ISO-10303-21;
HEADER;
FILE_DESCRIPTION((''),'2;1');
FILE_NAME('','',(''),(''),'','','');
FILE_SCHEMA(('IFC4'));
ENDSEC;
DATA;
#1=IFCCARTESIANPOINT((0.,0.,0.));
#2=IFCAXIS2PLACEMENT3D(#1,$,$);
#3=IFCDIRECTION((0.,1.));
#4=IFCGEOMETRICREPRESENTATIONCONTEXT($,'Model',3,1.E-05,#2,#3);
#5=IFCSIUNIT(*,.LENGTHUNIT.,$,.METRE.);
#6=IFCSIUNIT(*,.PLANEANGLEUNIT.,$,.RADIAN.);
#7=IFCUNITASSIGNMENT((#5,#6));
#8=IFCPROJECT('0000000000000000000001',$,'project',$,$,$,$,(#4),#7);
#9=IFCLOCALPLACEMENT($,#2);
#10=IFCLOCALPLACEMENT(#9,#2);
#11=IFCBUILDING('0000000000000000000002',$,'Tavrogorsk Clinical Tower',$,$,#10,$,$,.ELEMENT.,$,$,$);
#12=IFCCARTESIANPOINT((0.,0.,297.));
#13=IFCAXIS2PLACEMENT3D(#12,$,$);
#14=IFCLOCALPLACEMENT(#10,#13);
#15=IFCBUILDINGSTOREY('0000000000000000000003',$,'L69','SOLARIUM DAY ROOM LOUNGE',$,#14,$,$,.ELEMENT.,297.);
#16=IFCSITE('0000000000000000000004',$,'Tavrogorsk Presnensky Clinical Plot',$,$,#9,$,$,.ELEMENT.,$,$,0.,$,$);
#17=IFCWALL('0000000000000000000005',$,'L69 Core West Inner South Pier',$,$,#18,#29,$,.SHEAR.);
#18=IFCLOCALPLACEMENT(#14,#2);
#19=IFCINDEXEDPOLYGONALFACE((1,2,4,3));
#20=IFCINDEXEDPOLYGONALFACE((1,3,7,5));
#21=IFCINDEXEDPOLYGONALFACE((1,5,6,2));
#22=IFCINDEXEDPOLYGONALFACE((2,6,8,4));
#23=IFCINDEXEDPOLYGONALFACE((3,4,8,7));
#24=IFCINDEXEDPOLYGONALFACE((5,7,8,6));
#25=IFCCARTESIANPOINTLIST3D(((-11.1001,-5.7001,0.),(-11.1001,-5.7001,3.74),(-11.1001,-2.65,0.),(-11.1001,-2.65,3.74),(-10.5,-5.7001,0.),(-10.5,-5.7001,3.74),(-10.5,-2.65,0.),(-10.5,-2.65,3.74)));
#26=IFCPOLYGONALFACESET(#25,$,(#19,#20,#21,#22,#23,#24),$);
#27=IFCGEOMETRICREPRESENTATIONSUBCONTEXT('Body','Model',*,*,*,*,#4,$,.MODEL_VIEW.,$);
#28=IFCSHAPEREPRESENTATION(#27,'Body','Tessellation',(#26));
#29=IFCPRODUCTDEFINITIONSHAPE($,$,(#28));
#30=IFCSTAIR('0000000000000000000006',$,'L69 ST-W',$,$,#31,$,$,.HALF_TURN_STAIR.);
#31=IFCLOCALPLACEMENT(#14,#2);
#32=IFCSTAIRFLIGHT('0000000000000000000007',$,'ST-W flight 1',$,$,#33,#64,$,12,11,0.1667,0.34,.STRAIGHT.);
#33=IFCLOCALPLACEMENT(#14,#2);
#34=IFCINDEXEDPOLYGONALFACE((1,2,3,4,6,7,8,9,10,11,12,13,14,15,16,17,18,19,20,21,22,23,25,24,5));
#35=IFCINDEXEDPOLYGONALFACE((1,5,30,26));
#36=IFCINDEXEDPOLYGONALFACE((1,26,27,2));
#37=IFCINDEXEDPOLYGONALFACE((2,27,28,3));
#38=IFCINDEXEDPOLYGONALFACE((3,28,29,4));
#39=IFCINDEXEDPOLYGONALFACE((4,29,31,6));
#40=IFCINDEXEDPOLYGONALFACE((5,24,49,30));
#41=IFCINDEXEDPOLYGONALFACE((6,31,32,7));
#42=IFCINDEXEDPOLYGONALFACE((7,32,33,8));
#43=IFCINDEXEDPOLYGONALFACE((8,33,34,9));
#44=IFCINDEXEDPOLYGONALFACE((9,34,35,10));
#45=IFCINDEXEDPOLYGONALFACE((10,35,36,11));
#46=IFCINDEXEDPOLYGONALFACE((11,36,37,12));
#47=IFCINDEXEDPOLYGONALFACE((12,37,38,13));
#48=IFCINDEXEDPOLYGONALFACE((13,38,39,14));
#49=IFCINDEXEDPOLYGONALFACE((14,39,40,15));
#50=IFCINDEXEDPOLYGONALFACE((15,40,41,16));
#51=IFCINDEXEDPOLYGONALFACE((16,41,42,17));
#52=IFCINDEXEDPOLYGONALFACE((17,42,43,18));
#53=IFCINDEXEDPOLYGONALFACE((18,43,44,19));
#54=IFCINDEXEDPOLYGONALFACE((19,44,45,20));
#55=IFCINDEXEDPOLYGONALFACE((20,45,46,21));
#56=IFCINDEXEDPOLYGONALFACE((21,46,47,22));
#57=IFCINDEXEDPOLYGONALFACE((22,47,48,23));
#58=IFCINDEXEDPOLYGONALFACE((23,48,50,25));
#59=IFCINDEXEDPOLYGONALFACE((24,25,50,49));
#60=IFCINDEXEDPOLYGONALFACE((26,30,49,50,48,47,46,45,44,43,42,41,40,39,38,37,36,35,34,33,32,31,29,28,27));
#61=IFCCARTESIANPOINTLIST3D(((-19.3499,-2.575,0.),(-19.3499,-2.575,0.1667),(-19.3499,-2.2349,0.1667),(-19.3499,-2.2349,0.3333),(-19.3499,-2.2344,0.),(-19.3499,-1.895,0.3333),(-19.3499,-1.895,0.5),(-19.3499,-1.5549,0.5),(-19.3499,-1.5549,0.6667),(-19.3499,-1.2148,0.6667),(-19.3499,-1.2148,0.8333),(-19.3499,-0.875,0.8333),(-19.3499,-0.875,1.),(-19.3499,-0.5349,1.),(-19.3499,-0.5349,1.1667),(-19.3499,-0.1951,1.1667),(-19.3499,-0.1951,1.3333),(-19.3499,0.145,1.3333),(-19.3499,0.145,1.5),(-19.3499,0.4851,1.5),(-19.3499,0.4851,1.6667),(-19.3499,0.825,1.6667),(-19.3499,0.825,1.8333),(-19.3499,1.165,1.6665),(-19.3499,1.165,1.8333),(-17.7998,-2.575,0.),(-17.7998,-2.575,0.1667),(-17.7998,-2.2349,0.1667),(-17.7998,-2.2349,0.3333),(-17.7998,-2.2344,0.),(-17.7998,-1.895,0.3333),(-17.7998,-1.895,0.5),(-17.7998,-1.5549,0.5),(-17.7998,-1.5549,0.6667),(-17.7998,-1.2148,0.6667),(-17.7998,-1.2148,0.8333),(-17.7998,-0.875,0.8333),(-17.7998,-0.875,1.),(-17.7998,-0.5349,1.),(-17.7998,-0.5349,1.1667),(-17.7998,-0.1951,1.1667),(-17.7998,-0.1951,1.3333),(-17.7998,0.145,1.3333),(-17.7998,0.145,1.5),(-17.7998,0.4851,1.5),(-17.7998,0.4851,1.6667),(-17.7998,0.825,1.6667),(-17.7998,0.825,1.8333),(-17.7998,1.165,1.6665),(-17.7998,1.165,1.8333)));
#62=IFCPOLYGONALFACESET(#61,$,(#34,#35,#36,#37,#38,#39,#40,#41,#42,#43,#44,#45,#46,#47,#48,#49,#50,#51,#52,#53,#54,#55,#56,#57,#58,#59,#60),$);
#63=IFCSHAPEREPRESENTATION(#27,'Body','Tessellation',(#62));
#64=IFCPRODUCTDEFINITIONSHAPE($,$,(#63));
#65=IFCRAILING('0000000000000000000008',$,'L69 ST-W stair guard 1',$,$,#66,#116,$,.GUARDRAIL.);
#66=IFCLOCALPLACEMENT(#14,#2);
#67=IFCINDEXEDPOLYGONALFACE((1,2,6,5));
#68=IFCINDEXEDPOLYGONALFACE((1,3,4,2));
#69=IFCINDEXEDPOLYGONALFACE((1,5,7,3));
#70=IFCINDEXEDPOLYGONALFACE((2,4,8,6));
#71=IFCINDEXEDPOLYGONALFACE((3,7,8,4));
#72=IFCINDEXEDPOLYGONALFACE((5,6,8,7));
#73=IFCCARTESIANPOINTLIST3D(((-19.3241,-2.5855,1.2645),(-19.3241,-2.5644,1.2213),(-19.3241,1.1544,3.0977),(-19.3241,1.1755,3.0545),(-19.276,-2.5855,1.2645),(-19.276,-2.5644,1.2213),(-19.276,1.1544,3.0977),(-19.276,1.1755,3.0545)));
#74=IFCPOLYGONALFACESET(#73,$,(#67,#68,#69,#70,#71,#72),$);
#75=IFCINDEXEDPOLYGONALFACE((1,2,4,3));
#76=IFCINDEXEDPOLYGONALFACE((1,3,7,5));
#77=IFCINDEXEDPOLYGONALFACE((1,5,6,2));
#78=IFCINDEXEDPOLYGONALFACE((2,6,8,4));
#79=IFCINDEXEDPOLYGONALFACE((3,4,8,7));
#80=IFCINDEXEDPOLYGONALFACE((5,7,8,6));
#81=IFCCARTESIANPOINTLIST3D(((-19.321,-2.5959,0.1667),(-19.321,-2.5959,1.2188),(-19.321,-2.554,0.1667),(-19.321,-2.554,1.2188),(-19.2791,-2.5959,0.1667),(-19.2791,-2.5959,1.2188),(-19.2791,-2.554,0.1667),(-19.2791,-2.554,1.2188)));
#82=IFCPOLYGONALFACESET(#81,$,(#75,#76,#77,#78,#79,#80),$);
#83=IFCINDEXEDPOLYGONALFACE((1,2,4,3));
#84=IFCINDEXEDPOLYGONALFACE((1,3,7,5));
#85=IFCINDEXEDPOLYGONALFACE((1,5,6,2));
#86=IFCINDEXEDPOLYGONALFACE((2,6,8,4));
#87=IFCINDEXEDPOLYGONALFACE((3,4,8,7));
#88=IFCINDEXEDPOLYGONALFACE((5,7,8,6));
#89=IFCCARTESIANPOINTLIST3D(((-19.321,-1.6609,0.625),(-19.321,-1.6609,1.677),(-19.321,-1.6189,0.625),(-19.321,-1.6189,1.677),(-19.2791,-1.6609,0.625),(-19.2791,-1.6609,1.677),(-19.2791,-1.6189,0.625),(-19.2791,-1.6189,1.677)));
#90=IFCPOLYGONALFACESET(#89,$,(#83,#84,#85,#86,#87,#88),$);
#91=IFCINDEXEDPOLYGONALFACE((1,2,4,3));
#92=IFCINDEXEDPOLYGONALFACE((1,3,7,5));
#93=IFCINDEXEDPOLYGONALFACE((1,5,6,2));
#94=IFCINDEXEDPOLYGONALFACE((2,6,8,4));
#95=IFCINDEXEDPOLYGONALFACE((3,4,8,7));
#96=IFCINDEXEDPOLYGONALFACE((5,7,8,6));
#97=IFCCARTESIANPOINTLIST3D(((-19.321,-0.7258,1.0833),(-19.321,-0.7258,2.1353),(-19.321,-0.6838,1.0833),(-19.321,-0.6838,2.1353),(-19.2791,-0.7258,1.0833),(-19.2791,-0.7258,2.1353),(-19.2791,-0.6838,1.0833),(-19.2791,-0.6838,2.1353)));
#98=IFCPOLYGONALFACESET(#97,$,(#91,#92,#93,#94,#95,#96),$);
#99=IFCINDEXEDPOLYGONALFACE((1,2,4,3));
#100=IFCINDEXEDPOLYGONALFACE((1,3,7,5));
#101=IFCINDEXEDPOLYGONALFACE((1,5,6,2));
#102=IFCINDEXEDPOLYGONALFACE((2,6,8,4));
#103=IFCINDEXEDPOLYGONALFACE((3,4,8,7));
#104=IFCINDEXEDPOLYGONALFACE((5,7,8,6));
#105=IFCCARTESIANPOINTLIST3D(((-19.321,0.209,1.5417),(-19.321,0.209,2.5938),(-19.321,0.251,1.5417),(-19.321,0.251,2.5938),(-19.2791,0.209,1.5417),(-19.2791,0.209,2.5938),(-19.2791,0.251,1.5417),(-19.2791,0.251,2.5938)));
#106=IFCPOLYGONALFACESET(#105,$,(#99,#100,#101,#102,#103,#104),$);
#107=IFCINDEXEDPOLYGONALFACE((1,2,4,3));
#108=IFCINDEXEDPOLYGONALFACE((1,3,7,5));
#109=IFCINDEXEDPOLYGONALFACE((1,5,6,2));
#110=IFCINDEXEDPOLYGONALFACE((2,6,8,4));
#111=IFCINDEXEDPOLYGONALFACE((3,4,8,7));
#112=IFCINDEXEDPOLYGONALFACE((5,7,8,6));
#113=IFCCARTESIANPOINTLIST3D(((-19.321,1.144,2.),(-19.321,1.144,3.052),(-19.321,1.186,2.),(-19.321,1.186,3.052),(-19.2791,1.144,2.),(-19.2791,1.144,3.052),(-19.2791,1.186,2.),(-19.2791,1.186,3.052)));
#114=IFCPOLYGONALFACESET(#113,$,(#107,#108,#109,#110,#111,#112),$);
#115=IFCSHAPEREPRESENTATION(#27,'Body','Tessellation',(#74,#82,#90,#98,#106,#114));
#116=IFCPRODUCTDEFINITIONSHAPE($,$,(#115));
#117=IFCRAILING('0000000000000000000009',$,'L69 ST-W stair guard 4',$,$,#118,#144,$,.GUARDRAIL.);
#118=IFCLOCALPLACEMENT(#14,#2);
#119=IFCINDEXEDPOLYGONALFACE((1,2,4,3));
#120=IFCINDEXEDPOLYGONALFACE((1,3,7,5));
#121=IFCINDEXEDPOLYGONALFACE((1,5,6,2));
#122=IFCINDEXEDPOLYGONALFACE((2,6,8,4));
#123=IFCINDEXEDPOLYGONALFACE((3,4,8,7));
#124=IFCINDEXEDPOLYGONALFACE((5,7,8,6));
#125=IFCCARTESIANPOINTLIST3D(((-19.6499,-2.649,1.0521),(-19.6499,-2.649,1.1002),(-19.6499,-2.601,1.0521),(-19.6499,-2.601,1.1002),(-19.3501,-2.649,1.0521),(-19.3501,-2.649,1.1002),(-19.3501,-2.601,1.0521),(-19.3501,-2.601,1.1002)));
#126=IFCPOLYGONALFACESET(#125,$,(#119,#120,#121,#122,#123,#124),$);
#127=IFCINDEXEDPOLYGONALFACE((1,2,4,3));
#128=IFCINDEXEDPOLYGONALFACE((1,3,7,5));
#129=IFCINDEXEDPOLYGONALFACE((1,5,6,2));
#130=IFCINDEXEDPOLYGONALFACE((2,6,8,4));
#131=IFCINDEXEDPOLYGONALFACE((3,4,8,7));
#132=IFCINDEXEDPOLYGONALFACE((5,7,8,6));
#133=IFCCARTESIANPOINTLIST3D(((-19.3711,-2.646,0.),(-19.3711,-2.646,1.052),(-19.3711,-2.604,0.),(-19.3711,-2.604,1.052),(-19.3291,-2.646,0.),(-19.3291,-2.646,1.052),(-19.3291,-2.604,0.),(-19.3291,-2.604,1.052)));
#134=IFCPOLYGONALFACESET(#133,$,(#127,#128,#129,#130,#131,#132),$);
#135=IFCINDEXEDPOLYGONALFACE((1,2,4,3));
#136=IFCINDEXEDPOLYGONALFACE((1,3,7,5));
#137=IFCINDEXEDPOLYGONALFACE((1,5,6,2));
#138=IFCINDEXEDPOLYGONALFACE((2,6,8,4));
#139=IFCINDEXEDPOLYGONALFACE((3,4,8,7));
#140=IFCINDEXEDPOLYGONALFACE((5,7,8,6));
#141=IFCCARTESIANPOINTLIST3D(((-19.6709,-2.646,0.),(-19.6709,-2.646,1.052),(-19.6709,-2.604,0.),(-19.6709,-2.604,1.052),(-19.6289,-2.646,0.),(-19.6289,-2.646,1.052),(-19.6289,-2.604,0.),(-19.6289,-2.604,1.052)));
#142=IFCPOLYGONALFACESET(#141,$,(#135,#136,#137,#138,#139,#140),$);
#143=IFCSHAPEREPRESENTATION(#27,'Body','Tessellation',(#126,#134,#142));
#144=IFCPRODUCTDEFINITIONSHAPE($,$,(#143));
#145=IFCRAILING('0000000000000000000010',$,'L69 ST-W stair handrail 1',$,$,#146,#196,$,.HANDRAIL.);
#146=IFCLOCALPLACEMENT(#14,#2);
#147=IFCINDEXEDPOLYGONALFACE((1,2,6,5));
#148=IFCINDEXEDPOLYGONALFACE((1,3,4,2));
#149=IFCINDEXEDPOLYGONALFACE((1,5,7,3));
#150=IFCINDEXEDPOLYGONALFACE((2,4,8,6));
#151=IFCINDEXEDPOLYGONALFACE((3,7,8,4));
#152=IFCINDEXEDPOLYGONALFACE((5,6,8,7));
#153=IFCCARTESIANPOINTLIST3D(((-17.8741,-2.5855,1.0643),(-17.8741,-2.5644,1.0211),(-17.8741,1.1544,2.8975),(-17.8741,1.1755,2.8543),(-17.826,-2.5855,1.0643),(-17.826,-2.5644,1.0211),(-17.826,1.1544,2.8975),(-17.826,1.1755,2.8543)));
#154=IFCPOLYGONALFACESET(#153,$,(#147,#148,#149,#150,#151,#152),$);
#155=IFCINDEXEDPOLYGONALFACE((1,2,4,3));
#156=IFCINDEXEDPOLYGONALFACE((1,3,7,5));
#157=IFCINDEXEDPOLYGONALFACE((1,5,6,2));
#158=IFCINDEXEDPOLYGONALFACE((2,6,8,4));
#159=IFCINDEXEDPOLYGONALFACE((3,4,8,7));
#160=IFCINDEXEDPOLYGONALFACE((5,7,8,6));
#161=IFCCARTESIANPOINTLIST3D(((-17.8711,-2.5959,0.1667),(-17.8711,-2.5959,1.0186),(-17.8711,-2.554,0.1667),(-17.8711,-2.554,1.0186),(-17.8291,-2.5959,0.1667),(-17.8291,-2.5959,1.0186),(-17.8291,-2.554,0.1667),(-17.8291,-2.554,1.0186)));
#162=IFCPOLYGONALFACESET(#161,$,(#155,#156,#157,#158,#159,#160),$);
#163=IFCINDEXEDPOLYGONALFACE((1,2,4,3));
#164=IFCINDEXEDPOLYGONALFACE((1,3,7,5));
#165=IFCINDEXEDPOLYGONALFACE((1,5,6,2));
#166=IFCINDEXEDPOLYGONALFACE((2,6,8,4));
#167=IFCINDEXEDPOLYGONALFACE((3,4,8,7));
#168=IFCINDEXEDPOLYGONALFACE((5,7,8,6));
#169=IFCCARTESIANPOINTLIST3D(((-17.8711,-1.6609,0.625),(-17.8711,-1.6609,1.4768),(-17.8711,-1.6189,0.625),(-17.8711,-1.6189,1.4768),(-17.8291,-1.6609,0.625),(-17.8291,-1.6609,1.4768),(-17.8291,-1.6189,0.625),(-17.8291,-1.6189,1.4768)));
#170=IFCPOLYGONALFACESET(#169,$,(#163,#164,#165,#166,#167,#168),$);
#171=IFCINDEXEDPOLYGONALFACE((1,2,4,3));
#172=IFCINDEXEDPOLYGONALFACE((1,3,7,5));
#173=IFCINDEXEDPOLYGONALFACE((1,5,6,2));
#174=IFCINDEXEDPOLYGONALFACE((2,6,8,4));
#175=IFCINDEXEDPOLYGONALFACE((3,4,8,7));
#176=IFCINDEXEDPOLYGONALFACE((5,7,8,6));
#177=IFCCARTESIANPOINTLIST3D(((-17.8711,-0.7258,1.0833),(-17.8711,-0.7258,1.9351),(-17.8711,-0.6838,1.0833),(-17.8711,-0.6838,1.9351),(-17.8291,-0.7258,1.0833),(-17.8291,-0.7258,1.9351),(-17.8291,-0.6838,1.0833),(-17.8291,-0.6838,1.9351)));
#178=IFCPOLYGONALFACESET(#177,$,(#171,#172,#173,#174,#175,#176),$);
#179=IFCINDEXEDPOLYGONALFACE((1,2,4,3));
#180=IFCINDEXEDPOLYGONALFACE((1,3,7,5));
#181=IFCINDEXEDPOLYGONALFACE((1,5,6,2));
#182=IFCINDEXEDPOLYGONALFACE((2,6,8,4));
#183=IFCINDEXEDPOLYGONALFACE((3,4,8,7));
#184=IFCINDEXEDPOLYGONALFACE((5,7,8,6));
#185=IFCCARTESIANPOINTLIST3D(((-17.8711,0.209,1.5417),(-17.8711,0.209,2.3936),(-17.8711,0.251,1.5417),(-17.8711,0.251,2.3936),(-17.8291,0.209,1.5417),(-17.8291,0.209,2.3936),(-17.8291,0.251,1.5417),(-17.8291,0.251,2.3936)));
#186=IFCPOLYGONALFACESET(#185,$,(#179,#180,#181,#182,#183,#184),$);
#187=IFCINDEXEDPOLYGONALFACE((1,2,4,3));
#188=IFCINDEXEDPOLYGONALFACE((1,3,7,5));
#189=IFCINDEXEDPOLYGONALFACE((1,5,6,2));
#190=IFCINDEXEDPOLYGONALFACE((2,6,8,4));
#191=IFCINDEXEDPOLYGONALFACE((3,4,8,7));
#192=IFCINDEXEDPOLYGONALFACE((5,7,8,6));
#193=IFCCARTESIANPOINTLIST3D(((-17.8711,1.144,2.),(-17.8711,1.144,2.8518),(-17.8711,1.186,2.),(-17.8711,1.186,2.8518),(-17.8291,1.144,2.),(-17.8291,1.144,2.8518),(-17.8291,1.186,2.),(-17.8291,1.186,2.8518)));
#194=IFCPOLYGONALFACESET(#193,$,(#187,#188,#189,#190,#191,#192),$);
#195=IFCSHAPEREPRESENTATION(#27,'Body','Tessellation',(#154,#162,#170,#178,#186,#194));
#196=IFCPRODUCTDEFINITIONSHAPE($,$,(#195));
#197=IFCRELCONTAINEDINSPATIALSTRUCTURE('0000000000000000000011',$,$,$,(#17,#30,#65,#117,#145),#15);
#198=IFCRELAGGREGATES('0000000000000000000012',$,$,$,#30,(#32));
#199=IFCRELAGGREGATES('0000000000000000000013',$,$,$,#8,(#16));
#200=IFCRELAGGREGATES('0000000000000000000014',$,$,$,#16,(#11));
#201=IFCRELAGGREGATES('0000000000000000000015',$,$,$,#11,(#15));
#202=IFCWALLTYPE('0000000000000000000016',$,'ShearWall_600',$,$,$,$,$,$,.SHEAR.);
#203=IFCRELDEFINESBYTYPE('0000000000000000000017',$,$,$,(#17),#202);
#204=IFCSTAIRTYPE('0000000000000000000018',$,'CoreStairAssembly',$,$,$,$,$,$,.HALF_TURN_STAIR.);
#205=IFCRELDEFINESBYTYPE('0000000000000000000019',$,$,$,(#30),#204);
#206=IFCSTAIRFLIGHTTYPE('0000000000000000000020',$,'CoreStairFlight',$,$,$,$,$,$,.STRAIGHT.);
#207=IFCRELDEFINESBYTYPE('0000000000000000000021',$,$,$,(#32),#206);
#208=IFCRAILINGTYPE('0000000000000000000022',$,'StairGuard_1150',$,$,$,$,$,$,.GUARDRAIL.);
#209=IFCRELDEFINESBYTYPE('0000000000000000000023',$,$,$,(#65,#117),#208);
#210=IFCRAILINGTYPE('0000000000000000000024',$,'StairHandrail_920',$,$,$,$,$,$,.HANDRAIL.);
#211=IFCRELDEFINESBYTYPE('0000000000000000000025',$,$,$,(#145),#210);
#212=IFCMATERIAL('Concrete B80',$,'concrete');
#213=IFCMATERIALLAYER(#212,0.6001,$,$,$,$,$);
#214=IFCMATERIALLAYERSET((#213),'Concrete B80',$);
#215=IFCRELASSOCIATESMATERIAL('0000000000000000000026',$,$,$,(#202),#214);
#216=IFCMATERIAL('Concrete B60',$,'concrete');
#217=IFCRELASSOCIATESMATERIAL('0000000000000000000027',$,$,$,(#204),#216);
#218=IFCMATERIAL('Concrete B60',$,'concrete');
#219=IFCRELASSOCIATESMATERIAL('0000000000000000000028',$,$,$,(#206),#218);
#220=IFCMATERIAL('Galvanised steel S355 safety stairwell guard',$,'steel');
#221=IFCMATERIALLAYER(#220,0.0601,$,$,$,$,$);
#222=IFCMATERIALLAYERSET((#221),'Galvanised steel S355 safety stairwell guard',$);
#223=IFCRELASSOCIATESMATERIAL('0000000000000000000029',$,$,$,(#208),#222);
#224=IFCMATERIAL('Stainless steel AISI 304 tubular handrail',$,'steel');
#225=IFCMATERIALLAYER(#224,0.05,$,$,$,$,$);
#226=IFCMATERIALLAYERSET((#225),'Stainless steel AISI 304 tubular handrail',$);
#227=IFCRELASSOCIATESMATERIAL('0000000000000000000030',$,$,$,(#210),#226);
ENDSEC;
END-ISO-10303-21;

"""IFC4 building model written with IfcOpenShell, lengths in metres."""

from ifc_helpers import new_model, si_unit, direction, frame, frame_2d, origin, origin_2d, place, context, subcontext, project, spatial, polyline, rectangle, outline, extrude, material, layer, layer_set, type_object, element, aggregate, save


model = new_model("IFC4")

# Units and contexts
model_context = context("Model", 3, precision=1e-05, world=origin(), true_north=direction((0.0, 1.0)))
body_context = subcontext(model_context, "Body", "Model", "MODEL_VIEW")
ifc_project = project(units=[si_unit("LENGTHUNIT", "METRE"), si_unit("PLANEANGLEUNIT", "RADIAN")], contexts=[model_context])

# Site, building, storey
site_placement = place(None, origin())
site = spatial("IfcSite", under=ifc_project, at=site_placement, Name="Tavrogorsk Presnensky Clinical Plot", CompositionType="ELEMENT", RefElevation=0.0)
building_placement = place(site_placement, origin())
building = spatial("IfcBuilding", under=site, at=building_placement, Name="Tavrogorsk Clinical Tower", CompositionType="ELEMENT")
storey_placement = place(building_placement, frame((0.0, 0.0, 297.0)))
storey = spatial("IfcBuildingStorey", under=building, at=storey_placement, Name="L69", Description="SOLARIUM DAY ROOM LOUNGE", CompositionType="ELEMENT", Elevation=297.0)

# Wall
ifc_material_1 = material(Name="Concrete B80", Category="concrete")
ifc_layer_1 = layer(ifc_material_1, 0.6001)
ifc_layer_set_1 = layer_set([ifc_layer_1], Name="Concrete B80")
wall_type_1 = type_object("IfcWallType", Name="ShearWall_600", PredefinedType="SHEAR", material=ifc_layer_set_1)
wall_1_placement = place(storey_placement, frame((-10.8, -5.7, 0.0), z_axis=(0.0, 0.0, 1.0), x_axis=(0.0, 1.0, 0.0)))
element("IfcWall", 1, at=wall_1_placement, inside=storey, type_object=wall_type_1, Name="L69 Core West Inner South Pier", PredefinedType="SHEAR", context=body_context, shape_type="SweptSolid", body=[
    extrude(rectangle(XDim=3.05, YDim=0.6001, at=frame_2d((1.5249, 0.0))), origin(), (0.0, 0.0, 1.0), 3.74),
])

# Stair, stair flight
ifc_material_2 = material(Name="Concrete B60", Category="concrete")
stair_type = type_object("IfcStairType", Name="CoreStairAssembly", PredefinedType="HALF_TURN_STAIR", material=ifc_material_2)
stair_placement = place(storey_placement, origin())
stair = element("IfcStair", 2, at=stair_placement, inside=storey, type_object=stair_type, Name="L69 ST-W", PredefinedType="HALF_TURN_STAIR")
ifc_material_3 = material(Name="Concrete B60", Category="concrete")
stair_flight_type = type_object("IfcStairFlightType", Name="CoreStairFlight", PredefinedType="STRAIGHT", material=ifc_material_3)
stair_flight_placement = place(storey_placement, frame((-18.575, -2.575, 0.0), z_axis=(0.0, 0.0, 1.0), x_axis=(0.0, 1.0, 0.0)))
stair_flight = element("IfcStairFlight", 3, at=stair_flight_placement, type_object=stair_flight_type, Name="ST-W flight 1", NumberOfRisers=12, NumberOfTreads=11, PredefinedType="STRAIGHT", RiserHeight=0.1667, TreadLength=0.34, context=body_context, shape_type="SweptSolid", body=[
    extrude(outline(polyline([(0.0, 0.0), (0.0, 0.1667), (0.3401, 0.1667), (0.3401, 0.3333), (0.6799, 0.3333), (0.6799, 0.5), (1.02, 0.5), (1.02, 0.6667), (1.3601, 0.6667), (1.3601, 0.8333), (1.7, 0.8333), (1.7, 1.0), (2.04, 1.0), (2.04, 1.1667), (2.3799, 1.1667), (2.3799, 1.3333), (2.72, 1.3333), (2.72, 1.5), (3.0601, 1.5), (3.0601, 1.6667), (3.3999, 1.6667), (3.3999, 1.8333), (3.74, 1.8333), (3.74, 2.0), (3.74, 1.6665), (0.3406, 0.0), (0.0, 0.0)])), frame((0.0, 0.7749, 0.0), z_axis=(0.0, -1.0, 0.0), x_axis=(1.0, 0.0, 0.0)), (0.0, 0.0, 1.0), 1.55),
])
aggregate(stair, [stair_flight])

# Railings
ifc_material_4 = material(Name="Galvanised steel S355 safety stairwell guard", Category="steel")
ifc_layer_2 = layer(ifc_material_4, 0.0601)
ifc_layer_set_2 = layer_set([ifc_layer_2], Name="Galvanised steel S355 safety stairwell guard")
railing_type_1 = type_object("IfcRailingType", Name="StairGuard_1150", PredefinedType="GUARDRAIL", material=ifc_layer_set_2)
railing_1_placement = place(storey_placement, frame((-19.3, -2.575, 0.1667)))
element("IfcRailing", 4, at=railing_1_placement, inside=storey, type_object=railing_type_1, Name="L69 ST-W stair guard 1", PredefinedType="GUARDRAIL", context=body_context, shape_type="SweptSolid", body=[
    extrude(rectangle(XDim=0.0481, YDim=0.0481, at=origin_2d()), frame((0.0, 0.0, 1.0762), z_axis=(0.0, 0.897928, 0.440142), x_axis=(-1.0, 0.0, 0.0)), (0.0, 0.0, 1.0), 4.165),
    extrude(rectangle(XDim=0.042, YDim=0.042, at=origin_2d()), origin(), (0.0, 0.0, 1.0), 1.052),
    extrude(rectangle(XDim=0.042, YDim=0.042, at=origin_2d()), frame((0.0, 0.9351, 0.4583)), (0.0, 0.0, 1.0), 1.052),
    extrude(rectangle(XDim=0.042, YDim=0.042, at=origin_2d()), frame((0.0, 1.8701, 0.9165)), (0.0, 0.0, 1.0), 1.052),
    extrude(rectangle(XDim=0.042, YDim=0.042, at=origin_2d()), frame((0.0, 2.8049, 1.375)), (0.0, 0.0, 1.0), 1.052),
    extrude(rectangle(XDim=0.042, YDim=0.042, at=origin_2d()), frame((0.0, 3.74, 1.8333)), (0.0, 0.0, 1.0), 1.052),
])
railing_2_placement = place(storey_placement, frame((-19.3501, -2.625, 0.0)))
element("IfcRailing", 5, at=railing_2_placement, inside=storey, type_object=railing_type_1, Name="L69 ST-W stair guard 4", PredefinedType="GUARDRAIL", context=body_context, shape_type="SweptSolid", body=[
    extrude(rectangle(XDim=0.0481, YDim=0.0481, at=origin_2d()), frame((0.0, 0.0, 1.0762), z_axis=(-1.0, 0.0, 0.0), x_axis=(0.0, -1.0, 0.0)), (0.0, 0.0, 1.0), 0.2998),
    extrude(rectangle(XDim=0.042, YDim=0.042, at=origin_2d()), origin(), (0.0, 0.0, 1.0), 1.052),
    extrude(rectangle(XDim=0.042, YDim=0.042, at=origin_2d()), frame((-0.2998, 0.0, 0.0)), (0.0, 0.0, 1.0), 1.052),
])
ifc_material_5 = material(Name="Stainless steel AISI 304 tubular handrail", Category="steel")
ifc_layer_3 = layer(ifc_material_5, 0.05)
ifc_layer_set_3 = layer_set([ifc_layer_3], Name="Stainless steel AISI 304 tubular handrail")
railing_type_2 = type_object("IfcRailingType", Name="StairHandrail_920", PredefinedType="HANDRAIL", material=ifc_layer_set_3)
railing_3_placement = place(storey_placement, frame((-17.8501, -2.575, 0.1667)))
element("IfcRailing", 6, at=railing_3_placement, inside=storey, type_object=railing_type_2, Name="L69 ST-W stair handrail 1", PredefinedType="HANDRAIL", context=body_context, shape_type="SweptSolid", body=[
    extrude(rectangle(XDim=0.0481, YDim=0.0481, at=origin_2d()), frame((0.0, 0.0, 0.876), z_axis=(0.0, 0.897928, 0.440142), x_axis=(-1.0, 0.0, 0.0)), (0.0, 0.0, 1.0), 4.165),
    extrude(rectangle(XDim=0.042, YDim=0.042, at=origin_2d()), origin(), (0.0, 0.0, 1.0), 0.8518),
    extrude(rectangle(XDim=0.042, YDim=0.042, at=origin_2d()), frame((0.0, 0.9351, 0.4583)), (0.0, 0.0, 1.0), 0.8518),
    extrude(rectangle(XDim=0.042, YDim=0.042, at=origin_2d()), frame((0.0, 1.8701, 0.9165)), (0.0, 0.0, 1.0), 0.8518),
    extrude(rectangle(XDim=0.042, YDim=0.042, at=origin_2d()), frame((0.0, 2.8049, 1.375)), (0.0, 0.0, 1.0), 0.8518),
    extrude(rectangle(XDim=0.042, YDim=0.042, at=origin_2d()), frame((0.0, 3.74, 1.8333)), (0.0, 0.0, 1.0), 0.8518),
])

save(model, "model.ifc")
